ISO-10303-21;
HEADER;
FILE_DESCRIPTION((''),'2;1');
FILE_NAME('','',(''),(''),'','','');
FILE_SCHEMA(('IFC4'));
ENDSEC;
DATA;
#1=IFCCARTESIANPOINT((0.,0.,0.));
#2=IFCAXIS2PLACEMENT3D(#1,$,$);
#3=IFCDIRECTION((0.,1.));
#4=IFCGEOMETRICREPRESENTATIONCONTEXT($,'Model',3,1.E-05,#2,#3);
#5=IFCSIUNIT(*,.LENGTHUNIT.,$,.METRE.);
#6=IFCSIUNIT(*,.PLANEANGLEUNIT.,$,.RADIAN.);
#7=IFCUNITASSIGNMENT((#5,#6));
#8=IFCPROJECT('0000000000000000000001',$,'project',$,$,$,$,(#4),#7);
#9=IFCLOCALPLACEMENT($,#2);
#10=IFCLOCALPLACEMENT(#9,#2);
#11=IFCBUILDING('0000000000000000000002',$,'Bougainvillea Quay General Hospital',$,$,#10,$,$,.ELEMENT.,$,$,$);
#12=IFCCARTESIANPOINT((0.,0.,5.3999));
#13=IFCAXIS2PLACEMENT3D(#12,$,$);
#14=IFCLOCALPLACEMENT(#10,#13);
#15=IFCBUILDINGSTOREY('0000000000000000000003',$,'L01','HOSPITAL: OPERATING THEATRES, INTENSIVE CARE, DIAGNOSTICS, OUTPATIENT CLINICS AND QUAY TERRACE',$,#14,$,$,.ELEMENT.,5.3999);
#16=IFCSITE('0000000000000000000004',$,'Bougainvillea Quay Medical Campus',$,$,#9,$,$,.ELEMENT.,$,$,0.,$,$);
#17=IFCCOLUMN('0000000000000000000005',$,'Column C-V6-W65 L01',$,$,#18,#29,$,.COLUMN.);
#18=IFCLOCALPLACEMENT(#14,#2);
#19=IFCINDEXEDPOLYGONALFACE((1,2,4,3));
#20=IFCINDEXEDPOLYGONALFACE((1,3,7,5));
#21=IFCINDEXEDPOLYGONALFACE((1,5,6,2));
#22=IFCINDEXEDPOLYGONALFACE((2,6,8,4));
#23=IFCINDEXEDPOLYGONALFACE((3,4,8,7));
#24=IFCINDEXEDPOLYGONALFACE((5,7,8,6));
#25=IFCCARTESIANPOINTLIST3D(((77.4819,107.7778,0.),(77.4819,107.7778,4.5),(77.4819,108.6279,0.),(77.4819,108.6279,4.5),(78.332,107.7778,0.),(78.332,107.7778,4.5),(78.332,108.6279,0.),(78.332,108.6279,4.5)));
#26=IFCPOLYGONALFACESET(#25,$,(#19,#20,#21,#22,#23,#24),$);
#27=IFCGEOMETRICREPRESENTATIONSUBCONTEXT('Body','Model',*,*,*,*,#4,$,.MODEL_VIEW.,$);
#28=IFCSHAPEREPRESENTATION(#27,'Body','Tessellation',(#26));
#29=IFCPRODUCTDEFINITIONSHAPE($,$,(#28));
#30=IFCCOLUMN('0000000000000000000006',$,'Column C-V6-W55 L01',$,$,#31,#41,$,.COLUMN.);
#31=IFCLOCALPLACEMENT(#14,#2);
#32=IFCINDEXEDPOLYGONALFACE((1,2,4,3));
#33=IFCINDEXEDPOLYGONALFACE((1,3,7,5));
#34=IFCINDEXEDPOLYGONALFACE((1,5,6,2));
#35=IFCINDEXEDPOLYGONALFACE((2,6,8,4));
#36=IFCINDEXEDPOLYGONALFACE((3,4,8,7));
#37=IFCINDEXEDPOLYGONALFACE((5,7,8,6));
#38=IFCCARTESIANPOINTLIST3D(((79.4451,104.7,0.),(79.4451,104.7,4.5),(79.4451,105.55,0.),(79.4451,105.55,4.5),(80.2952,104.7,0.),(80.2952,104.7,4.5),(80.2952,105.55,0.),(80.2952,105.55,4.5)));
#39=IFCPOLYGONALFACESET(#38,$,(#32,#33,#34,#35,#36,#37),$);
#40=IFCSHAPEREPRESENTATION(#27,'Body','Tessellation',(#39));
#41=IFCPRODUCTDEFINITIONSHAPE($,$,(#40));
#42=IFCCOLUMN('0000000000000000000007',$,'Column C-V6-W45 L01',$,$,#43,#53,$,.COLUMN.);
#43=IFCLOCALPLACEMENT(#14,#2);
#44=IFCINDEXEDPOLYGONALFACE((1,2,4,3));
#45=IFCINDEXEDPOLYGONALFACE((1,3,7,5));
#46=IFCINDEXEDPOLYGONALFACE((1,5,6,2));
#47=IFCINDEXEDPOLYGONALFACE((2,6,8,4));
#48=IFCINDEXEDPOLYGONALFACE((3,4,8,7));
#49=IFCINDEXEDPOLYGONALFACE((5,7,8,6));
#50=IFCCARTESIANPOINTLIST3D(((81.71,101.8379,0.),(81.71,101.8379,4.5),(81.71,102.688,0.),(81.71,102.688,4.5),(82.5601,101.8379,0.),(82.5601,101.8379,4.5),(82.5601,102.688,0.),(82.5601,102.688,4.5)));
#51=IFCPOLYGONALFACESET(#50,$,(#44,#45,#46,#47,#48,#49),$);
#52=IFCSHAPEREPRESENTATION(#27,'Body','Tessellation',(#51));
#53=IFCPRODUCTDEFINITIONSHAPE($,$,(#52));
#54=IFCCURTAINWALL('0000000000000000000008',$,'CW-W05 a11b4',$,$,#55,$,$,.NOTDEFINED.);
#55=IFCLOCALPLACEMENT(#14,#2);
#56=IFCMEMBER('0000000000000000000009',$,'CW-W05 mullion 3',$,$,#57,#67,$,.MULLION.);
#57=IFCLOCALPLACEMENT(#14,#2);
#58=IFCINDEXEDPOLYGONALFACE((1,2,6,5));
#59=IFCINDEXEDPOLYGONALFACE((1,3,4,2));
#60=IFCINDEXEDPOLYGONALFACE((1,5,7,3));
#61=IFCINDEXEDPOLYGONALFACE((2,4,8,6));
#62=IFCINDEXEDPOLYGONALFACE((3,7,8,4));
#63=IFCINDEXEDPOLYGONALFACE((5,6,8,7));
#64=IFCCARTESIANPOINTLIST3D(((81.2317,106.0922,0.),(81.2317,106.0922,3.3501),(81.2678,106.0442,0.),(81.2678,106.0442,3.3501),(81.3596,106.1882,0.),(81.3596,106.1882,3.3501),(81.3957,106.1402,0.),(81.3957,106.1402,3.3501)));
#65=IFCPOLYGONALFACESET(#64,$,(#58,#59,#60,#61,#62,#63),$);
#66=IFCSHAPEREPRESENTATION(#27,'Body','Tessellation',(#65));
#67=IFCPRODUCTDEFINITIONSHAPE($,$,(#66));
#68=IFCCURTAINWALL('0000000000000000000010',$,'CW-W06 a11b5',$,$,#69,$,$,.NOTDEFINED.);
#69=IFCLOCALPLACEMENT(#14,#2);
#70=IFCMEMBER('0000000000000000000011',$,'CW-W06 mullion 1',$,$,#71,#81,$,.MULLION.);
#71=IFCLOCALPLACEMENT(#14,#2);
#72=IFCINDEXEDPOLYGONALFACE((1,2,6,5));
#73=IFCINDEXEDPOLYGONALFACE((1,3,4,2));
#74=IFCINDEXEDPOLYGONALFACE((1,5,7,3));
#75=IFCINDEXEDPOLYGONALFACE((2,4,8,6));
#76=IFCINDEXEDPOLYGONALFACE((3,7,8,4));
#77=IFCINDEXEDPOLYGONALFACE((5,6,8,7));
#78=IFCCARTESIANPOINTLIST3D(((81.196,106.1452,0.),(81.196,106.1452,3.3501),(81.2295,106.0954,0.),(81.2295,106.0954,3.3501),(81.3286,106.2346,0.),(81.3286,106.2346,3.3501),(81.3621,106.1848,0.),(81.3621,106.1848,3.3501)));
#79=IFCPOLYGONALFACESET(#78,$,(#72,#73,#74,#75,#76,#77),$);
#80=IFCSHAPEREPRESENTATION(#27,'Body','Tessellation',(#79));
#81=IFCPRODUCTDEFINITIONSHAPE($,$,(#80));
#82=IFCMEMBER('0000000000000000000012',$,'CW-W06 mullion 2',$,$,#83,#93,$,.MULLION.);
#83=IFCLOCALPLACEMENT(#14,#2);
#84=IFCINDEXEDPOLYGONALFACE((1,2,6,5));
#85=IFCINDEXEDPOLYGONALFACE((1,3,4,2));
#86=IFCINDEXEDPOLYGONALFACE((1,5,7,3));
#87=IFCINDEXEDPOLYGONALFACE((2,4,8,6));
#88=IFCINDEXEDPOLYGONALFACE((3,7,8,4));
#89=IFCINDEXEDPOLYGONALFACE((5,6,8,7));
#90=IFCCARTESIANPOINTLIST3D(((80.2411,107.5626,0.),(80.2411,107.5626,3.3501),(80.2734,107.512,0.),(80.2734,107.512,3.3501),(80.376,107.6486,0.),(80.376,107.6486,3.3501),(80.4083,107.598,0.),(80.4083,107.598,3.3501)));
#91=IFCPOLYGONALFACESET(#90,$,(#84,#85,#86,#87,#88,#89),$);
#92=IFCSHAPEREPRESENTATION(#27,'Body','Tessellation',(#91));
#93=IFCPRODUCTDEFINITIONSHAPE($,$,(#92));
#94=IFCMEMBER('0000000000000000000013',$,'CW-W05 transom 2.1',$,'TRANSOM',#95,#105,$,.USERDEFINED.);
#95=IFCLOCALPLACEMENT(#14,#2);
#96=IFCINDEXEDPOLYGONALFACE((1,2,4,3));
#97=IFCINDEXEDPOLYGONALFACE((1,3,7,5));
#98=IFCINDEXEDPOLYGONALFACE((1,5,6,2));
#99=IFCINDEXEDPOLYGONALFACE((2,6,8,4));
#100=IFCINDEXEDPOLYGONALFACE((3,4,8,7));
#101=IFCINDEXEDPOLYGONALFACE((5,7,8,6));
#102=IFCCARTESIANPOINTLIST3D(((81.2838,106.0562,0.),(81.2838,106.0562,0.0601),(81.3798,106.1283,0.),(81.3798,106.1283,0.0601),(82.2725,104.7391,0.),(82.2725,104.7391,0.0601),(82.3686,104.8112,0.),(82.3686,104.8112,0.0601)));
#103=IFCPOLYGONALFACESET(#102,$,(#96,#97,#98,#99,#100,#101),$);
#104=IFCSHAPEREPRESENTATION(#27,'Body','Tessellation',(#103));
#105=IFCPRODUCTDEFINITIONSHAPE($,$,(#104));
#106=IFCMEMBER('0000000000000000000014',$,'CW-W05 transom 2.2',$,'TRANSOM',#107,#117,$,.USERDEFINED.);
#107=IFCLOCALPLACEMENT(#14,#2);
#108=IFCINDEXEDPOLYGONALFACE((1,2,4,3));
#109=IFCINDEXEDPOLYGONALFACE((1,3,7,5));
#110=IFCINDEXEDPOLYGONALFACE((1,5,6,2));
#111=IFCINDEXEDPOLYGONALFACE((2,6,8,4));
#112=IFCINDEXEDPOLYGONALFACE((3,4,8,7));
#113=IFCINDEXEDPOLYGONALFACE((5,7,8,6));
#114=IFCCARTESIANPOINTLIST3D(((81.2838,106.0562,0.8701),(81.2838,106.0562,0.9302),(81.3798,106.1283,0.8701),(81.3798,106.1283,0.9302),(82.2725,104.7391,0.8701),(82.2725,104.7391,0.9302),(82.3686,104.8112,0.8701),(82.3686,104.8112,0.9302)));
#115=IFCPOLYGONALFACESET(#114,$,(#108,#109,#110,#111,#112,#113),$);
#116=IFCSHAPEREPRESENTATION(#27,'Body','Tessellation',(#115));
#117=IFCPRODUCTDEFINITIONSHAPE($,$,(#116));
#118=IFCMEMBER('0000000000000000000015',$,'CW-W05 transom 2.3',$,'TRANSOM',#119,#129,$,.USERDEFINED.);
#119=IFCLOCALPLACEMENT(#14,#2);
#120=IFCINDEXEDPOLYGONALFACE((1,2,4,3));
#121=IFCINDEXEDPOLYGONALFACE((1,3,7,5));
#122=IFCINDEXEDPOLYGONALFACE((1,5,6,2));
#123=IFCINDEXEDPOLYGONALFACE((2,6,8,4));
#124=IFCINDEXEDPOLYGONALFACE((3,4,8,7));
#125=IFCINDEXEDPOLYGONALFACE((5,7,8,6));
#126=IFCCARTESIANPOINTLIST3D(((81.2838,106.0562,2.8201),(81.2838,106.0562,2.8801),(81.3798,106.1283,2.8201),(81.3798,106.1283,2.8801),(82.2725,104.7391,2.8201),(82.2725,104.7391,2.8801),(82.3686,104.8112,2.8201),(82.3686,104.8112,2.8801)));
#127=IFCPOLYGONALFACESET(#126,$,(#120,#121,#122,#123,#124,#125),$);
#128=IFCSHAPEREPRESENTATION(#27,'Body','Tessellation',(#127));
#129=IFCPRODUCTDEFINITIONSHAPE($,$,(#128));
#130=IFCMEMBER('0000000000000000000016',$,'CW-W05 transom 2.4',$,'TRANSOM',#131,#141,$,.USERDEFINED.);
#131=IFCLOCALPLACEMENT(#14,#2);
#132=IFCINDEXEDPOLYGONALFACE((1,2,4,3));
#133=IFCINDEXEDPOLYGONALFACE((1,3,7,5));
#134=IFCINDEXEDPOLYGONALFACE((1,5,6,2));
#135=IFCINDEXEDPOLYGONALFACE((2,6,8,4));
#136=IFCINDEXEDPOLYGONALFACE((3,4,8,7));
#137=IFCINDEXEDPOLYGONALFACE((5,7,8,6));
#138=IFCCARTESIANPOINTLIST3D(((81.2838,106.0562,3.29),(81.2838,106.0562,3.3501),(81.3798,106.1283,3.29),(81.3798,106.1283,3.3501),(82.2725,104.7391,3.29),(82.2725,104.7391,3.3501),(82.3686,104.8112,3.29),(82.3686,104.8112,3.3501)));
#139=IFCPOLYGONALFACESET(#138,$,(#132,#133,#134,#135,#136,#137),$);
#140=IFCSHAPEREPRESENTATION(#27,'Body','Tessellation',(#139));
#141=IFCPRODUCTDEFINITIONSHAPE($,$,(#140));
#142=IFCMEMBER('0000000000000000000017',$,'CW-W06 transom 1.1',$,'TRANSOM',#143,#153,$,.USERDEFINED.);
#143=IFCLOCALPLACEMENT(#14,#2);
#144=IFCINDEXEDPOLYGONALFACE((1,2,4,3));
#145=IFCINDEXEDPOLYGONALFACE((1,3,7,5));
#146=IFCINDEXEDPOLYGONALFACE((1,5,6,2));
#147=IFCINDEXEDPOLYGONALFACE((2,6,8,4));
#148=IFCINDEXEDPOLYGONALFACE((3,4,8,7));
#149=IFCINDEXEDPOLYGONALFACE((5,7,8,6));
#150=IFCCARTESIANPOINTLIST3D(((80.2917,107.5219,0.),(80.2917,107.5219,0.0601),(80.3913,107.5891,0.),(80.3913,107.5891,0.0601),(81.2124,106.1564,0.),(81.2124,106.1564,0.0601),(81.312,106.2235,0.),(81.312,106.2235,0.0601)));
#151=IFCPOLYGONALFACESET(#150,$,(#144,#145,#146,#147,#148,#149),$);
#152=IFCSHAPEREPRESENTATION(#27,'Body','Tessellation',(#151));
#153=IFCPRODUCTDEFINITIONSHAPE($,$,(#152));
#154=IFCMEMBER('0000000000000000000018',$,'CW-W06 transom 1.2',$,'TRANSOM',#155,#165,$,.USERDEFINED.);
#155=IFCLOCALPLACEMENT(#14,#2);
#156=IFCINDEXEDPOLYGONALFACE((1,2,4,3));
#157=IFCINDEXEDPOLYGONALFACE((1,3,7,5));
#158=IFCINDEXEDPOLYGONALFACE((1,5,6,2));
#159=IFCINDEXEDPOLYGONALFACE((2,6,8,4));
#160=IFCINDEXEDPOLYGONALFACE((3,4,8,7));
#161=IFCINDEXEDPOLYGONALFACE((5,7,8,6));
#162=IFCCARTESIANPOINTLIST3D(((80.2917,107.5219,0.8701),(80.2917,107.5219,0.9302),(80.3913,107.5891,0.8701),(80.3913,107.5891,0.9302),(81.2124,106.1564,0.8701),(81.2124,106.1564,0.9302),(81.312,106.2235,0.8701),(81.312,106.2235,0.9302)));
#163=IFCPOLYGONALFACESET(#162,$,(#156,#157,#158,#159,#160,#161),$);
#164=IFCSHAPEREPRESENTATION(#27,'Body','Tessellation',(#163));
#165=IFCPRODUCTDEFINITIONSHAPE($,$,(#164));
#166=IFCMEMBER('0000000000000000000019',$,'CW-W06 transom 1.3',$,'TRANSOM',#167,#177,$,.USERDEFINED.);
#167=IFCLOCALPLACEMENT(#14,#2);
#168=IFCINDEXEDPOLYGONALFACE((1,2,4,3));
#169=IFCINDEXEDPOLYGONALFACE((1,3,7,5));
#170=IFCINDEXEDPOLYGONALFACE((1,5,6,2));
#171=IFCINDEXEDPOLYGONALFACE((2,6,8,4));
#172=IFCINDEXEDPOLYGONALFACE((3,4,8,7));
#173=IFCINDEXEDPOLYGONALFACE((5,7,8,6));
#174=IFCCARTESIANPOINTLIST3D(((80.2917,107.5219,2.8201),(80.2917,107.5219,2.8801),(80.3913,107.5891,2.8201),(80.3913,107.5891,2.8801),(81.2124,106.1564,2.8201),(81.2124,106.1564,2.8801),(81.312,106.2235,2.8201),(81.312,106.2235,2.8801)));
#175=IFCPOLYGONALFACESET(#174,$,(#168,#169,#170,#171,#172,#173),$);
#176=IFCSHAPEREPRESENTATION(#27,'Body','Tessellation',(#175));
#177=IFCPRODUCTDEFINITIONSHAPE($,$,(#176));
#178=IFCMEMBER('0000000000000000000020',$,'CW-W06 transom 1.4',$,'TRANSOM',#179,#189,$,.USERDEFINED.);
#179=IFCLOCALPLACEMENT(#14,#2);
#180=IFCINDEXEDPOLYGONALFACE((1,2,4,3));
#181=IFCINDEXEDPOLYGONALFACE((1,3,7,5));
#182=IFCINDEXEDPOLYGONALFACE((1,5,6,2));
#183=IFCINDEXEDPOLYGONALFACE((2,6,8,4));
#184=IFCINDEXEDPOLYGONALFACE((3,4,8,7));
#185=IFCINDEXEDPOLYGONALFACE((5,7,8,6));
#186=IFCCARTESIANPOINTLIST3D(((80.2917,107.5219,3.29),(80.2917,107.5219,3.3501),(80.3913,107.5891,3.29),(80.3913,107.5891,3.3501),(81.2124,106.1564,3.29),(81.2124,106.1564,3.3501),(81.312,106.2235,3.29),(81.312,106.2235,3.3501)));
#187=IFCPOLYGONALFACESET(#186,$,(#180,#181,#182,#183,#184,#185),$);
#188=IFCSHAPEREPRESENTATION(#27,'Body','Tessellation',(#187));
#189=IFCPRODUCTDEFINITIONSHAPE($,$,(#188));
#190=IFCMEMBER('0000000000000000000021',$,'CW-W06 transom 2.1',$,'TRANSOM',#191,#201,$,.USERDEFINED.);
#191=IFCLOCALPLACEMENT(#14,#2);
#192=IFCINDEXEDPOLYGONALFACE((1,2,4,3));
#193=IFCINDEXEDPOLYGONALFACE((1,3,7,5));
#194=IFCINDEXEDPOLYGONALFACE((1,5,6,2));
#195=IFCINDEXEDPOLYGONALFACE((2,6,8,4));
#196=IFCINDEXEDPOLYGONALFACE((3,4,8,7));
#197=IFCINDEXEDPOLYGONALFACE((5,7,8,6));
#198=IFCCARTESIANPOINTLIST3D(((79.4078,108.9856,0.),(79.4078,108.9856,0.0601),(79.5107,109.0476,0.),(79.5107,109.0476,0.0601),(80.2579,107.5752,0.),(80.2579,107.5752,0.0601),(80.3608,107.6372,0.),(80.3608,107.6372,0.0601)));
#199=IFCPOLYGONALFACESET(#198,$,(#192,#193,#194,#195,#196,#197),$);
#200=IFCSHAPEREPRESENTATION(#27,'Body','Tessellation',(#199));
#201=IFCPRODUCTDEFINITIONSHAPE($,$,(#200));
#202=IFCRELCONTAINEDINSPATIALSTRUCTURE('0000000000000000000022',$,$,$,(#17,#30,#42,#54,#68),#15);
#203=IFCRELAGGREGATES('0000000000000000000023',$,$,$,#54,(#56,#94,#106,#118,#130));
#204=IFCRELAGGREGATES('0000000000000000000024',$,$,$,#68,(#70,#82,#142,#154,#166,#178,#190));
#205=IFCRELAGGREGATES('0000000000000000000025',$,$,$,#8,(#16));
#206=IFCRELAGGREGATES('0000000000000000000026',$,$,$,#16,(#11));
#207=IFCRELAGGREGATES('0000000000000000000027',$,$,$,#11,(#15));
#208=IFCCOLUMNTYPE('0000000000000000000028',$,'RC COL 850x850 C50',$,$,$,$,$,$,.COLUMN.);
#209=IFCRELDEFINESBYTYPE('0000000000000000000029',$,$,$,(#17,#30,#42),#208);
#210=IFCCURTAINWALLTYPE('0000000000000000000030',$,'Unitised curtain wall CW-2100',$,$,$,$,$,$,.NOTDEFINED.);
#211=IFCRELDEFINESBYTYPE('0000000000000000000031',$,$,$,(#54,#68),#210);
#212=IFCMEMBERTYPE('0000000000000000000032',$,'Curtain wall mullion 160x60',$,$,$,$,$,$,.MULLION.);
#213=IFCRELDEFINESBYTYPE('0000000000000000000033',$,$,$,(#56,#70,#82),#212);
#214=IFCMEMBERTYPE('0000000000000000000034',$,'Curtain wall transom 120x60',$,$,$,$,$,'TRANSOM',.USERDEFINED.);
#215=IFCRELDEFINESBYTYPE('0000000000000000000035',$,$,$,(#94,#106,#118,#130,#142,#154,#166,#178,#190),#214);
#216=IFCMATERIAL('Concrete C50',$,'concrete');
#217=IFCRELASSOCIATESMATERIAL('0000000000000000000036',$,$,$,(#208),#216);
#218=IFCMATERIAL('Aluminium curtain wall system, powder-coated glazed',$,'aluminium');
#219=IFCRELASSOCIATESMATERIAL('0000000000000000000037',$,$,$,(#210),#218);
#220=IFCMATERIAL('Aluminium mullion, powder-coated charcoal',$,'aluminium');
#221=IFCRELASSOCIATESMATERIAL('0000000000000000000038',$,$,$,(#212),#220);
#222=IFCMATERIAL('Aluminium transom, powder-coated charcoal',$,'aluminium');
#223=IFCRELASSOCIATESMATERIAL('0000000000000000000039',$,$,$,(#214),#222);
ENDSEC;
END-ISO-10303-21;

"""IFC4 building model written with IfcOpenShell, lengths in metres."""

from ifc_helpers import new_model, si_unit, direction, frame, origin, origin_2d, place, context, subcontext, project, spatial, rectangle, extrude, material, material_profile, profile_set, type_object, element, aggregate, save


model = new_model("IFC4")

# Units and contexts
model_context = context("Model", 3, precision=1e-05, world=origin(), true_north=direction((0.0, 1.0)))
body_context = subcontext(model_context, "Body", "Model", "MODEL_VIEW")
ifc_project = project(units=[si_unit("LENGTHUNIT", "METRE"), si_unit("PLANEANGLEUNIT", "RADIAN")], contexts=[model_context])

# Site, building, storey
site_placement = place(None, origin())
site = spatial("IfcSite", under=ifc_project, at=site_placement, Name="Bougainvillea Quay Medical Campus", CompositionType="ELEMENT", RefElevation=0.0)
building_placement = place(site_placement, origin())
building = spatial("IfcBuilding", under=site, at=building_placement, Name="Bougainvillea Quay General Hospital", CompositionType="ELEMENT")
storey_placement = place(building_placement, frame((0.0, 0.0, 5.3999)))
storey = spatial("IfcBuildingStorey", under=building, at=storey_placement, Name="L01", Description="HOSPITAL: OPERATING THEATRES, INTENSIVE CARE, DIAGNOSTICS, OUTPATIENT CLINICS AND QUAY TERRACE", CompositionType="ELEMENT", Elevation=5.3999)

# Columns
ifc_material_1 = material(Name="Concrete C50", Category="concrete")
ifc_material_profile_1 = material_profile(ifc_material_1, rectangle(XDim=0.8501, YDim=0.8501, at=origin_2d()))
ifc_profile_set_1 = profile_set([ifc_material_profile_1], Name="Concrete C50")
column_type = type_object("IfcColumnType", Name="RC COL 850x850 C50", PredefinedType="COLUMN", material=ifc_profile_set_1)
for number, where, z_axis, x_axis, name in (
    (1, (77.907, 108.2029, 0.0), (0.0, 0.0, 1.0), (1.0, 0.0, 0.0), "Column C-V6-W65 L01"),
    (2, (79.8701, 105.125, 0.0), (0.0, 0.0, 1.0), (1.0, 0.0, 0.0), "Column C-V6-W55 L01"),
    (3, (82.135, 102.2629, 0.0), (0.0, 0.0, 1.0), (1.0, 0.0, 0.0), "Column C-V6-W45 L01"),
):
    element("IfcColumn", number, at=place(storey_placement, frame(where, z_axis=z_axis, x_axis=x_axis)), inside=storey, type_object=column_type, Name=name, PredefinedType="COLUMN", context=body_context, shape_type="SweptSolid", body=[
        extrude(rectangle(XDim=0.8501, YDim=0.8501, at=origin_2d()), origin(), (0.0, 0.0, 1.0), 4.5),
    ])

# Curtain wall, member
ifc_material_2 = material(Name="Aluminium curtain wall system, powder-coated glazed", Category="aluminium")
curtain_wall_type = type_object("IfcCurtainWallType", Name="Unitised curtain wall CW-2100", PredefinedType="NOTDEFINED", material=ifc_material_2)
curtain_wall_1_placement = place(storey_placement, origin())
curtain_wall_1 = element("IfcCurtainWall", 4, at=curtain_wall_1_placement, inside=storey, type_object=curtain_wall_type, Name="CW-W05 a11b4", PredefinedType="NOTDEFINED")
ifc_material_3 = material(Name="Aluminium mullion, powder-coated charcoal", Category="aluminium")
ifc_material_profile_2 = material_profile(ifc_material_3, rectangle(XDim=0.1599, YDim=0.0601, at=origin_2d()))
ifc_profile_set_2 = profile_set([ifc_material_profile_2], Name="Aluminium mullion, powder-coated charcoal")
member_type_1 = type_object("IfcMemberType", Name="Curtain wall mullion 160x60", PredefinedType="MULLION", material=ifc_profile_set_2)
member_1_placement = place(storey_placement, frame((81.3137, 106.1162, 0.0), z_axis=(0.0, 0.0, 1.0), x_axis=(-0.799758, -0.600323, 0.0)))
member_1 = element("IfcMember", 5, at=member_1_placement, type_object=member_type_1, Name="CW-W05 mullion 3", PredefinedType="MULLION", context=body_context, shape_type="SweptSolid", body=[
    extrude(rectangle(XDim=0.1599, YDim=0.0601, at=origin_2d()), origin(), (0.0, 0.0, 1.0), 3.3501),
])

# Curtain wall, members
curtain_wall_2_placement = place(storey_placement, origin())
curtain_wall_2 = element("IfcCurtainWall", 6, at=curtain_wall_2_placement, inside=storey, type_object=curtain_wall_type, Name="CW-W06 a11b5", PredefinedType="NOTDEFINED")
member_2_placement = place(storey_placement, frame((81.2791, 106.165, 0.0), z_axis=(0.0, 0.0, 1.0), x_axis=(-0.829164, -0.559005, 0.0)))
member_2 = element("IfcMember", 7, at=member_2_placement, type_object=member_type_1, Name="CW-W06 mullion 1", PredefinedType="MULLION", context=body_context, shape_type="SweptSolid", body=[
    extrude(rectangle(XDim=0.1599, YDim=0.0601, at=origin_2d()), origin(), (0.0, 0.0, 1.0), 3.3501),
])
member_3_placement = place(storey_placement, frame((80.3247, 107.5803, 0.0), z_axis=(0.0, 0.0, 1.0), x_axis=(-0.843072, -0.5378, 0.0)))
member_3 = element("IfcMember", 8, at=member_3_placement, type_object=member_type_1, Name="CW-W06 mullion 2", PredefinedType="MULLION", context=body_context, shape_type="SweptSolid", body=[
    extrude(rectangle(XDim=0.1599, YDim=0.0601, at=origin_2d()), origin(), (0.0, 0.0, 1.0), 3.3501),
])

# Members
ifc_material_4 = material(Name="Aluminium transom, powder-coated charcoal", Category="aluminium")
ifc_material_profile_3 = material_profile(ifc_material_4, rectangle(XDim=0.1201, YDim=0.0601, at=origin_2d()))
ifc_profile_set_3 = profile_set([ifc_material_profile_3], Name="Aluminium transom, powder-coated charcoal")
member_type_2 = type_object("IfcMemberType", Name="Curtain wall transom 120x60", ElementType="TRANSOM", PredefinedType="USERDEFINED", material=ifc_profile_set_3)
member_4_placement = place(storey_placement, frame((82.3206, 104.7751, 0.03), z_axis=(-0.600356, 0.799733, 0.0), x_axis=(-0.799733, -0.600356, 0.0)))
member_4 = element("IfcMember", 9, at=member_4_placement, type_object=member_type_2, Name="CW-W05 transom 2.1", ObjectType="TRANSOM", PredefinedType="USERDEFINED", context=body_context, shape_type="SweptSolid", body=[
    extrude(rectangle(XDim=0.1201, YDim=0.0601, at=origin_2d()), origin(), (0.0, 0.0, 1.0), 1.647),
])
member_5_placement = place(storey_placement, frame((82.3206, 104.7751, 0.9001), z_axis=(-0.600356, 0.799733, 0.0), x_axis=(-0.799733, -0.600356, 0.0)))
member_5 = element("IfcMember", 10, at=member_5_placement, type_object=member_type_2, Name="CW-W05 transom 2.2", ObjectType="TRANSOM", PredefinedType="USERDEFINED", context=body_context, shape_type="SweptSolid", body=[
    extrude(rectangle(XDim=0.1201, YDim=0.0601, at=origin_2d()), origin(), (0.0, 0.0, 1.0), 1.647),
])
member_6_placement = place(storey_placement, frame((82.3206, 104.7751, 2.8501), z_axis=(-0.600356, 0.799733, 0.0), x_axis=(-0.799733, -0.600356, 0.0)))
member_6 = element("IfcMember", 11, at=member_6_placement, type_object=member_type_2, Name="CW-W05 transom 2.3", ObjectType="TRANSOM", PredefinedType="USERDEFINED", context=body_context, shape_type="SweptSolid", body=[
    extrude(rectangle(XDim=0.1201, YDim=0.0601, at=origin_2d()), origin(), (0.0, 0.0, 1.0), 1.647),
])
member_7_placement = place(storey_placement, frame((82.3206, 104.7751, 3.3201), z_axis=(-0.600356, 0.799733, 0.0), x_axis=(-0.799733, -0.600356, 0.0)))
member_7 = element("IfcMember", 12, at=member_7_placement, type_object=member_type_2, Name="CW-W05 transom 2.4", ObjectType="TRANSOM", PredefinedType="USERDEFINED", context=body_context, shape_type="SweptSolid", body=[
    extrude(rectangle(XDim=0.1201, YDim=0.0601, at=origin_2d()), origin(), (0.0, 0.0, 1.0), 1.647),
])
member_8_placement = place(storey_placement, frame((81.2622, 106.1899, 0.03), z_axis=(-0.559037, 0.829142, 0.0), x_axis=(-0.829142, -0.559037, 0.0)))
member_8 = element("IfcMember", 13, at=member_8_placement, type_object=member_type_2, Name="CW-W06 transom 1.1", ObjectType="TRANSOM", PredefinedType="USERDEFINED", context=body_context, shape_type="SweptSolid", body=[
    extrude(rectangle(XDim=0.1201, YDim=0.0601, at=origin_2d()), origin(), (0.0, 0.0, 1.0), 1.647),
])
member_9_placement = place(storey_placement, frame((81.2622, 106.1899, 0.9001), z_axis=(-0.559037, 0.829142, 0.0), x_axis=(-0.829142, -0.559037, 0.0)))
member_9 = element("IfcMember", 14, at=member_9_placement, type_object=member_type_2, Name="CW-W06 transom 1.2", ObjectType="TRANSOM", PredefinedType="USERDEFINED", context=body_context, shape_type="SweptSolid", body=[
    extrude(rectangle(XDim=0.1201, YDim=0.0601, at=origin_2d()), origin(), (0.0, 0.0, 1.0), 1.647),
])
member_10_placement = place(storey_placement, frame((81.2622, 106.1899, 2.8501), z_axis=(-0.559037, 0.829142, 0.0), x_axis=(-0.829142, -0.559037, 0.0)))
member_10 = element("IfcMember", 15, at=member_10_placement, type_object=member_type_2, Name="CW-W06 transom 1.3", ObjectType="TRANSOM", PredefinedType="USERDEFINED", context=body_context, shape_type="SweptSolid", body=[
    extrude(rectangle(XDim=0.1201, YDim=0.0601, at=origin_2d()), origin(), (0.0, 0.0, 1.0), 1.647),
])
member_11_placement = place(storey_placement, frame((81.2622, 106.1899, 3.3201), z_axis=(-0.559037, 0.829142, 0.0), x_axis=(-0.829142, -0.559037, 0.0)))
member_11 = element("IfcMember", 16, at=member_11_placement, type_object=member_type_2, Name="CW-W06 transom 1.4", ObjectType="TRANSOM", PredefinedType="USERDEFINED", context=body_context, shape_type="SweptSolid", body=[
    extrude(rectangle(XDim=0.1201, YDim=0.0601, at=origin_2d()), origin(), (0.0, 0.0, 1.0), 1.647),
])
member_12_placement = place(storey_placement, frame((80.3093, 107.6062, 0.03), z_axis=(-0.516217, 0.856458, 0.0), x_axis=(-0.856458, -0.516217, 0.0)))
member_12 = element("IfcMember", 17, at=member_12_placement, type_object=member_type_2, Name="CW-W06 transom 2.1", ObjectType="TRANSOM", PredefinedType="USERDEFINED", context=body_context, shape_type="SweptSolid", body=[
    extrude(rectangle(XDim=0.1201, YDim=0.0601, at=origin_2d()), origin(), (0.0, 0.0, 1.0), 1.6467),
])

aggregate(curtain_wall_1, [member_1, member_4, member_5, member_6, member_7])
aggregate(curtain_wall_2, [member_2, member_3, member_8, member_9, member_10, member_11, member_12])

save(model, "model.ifc")
